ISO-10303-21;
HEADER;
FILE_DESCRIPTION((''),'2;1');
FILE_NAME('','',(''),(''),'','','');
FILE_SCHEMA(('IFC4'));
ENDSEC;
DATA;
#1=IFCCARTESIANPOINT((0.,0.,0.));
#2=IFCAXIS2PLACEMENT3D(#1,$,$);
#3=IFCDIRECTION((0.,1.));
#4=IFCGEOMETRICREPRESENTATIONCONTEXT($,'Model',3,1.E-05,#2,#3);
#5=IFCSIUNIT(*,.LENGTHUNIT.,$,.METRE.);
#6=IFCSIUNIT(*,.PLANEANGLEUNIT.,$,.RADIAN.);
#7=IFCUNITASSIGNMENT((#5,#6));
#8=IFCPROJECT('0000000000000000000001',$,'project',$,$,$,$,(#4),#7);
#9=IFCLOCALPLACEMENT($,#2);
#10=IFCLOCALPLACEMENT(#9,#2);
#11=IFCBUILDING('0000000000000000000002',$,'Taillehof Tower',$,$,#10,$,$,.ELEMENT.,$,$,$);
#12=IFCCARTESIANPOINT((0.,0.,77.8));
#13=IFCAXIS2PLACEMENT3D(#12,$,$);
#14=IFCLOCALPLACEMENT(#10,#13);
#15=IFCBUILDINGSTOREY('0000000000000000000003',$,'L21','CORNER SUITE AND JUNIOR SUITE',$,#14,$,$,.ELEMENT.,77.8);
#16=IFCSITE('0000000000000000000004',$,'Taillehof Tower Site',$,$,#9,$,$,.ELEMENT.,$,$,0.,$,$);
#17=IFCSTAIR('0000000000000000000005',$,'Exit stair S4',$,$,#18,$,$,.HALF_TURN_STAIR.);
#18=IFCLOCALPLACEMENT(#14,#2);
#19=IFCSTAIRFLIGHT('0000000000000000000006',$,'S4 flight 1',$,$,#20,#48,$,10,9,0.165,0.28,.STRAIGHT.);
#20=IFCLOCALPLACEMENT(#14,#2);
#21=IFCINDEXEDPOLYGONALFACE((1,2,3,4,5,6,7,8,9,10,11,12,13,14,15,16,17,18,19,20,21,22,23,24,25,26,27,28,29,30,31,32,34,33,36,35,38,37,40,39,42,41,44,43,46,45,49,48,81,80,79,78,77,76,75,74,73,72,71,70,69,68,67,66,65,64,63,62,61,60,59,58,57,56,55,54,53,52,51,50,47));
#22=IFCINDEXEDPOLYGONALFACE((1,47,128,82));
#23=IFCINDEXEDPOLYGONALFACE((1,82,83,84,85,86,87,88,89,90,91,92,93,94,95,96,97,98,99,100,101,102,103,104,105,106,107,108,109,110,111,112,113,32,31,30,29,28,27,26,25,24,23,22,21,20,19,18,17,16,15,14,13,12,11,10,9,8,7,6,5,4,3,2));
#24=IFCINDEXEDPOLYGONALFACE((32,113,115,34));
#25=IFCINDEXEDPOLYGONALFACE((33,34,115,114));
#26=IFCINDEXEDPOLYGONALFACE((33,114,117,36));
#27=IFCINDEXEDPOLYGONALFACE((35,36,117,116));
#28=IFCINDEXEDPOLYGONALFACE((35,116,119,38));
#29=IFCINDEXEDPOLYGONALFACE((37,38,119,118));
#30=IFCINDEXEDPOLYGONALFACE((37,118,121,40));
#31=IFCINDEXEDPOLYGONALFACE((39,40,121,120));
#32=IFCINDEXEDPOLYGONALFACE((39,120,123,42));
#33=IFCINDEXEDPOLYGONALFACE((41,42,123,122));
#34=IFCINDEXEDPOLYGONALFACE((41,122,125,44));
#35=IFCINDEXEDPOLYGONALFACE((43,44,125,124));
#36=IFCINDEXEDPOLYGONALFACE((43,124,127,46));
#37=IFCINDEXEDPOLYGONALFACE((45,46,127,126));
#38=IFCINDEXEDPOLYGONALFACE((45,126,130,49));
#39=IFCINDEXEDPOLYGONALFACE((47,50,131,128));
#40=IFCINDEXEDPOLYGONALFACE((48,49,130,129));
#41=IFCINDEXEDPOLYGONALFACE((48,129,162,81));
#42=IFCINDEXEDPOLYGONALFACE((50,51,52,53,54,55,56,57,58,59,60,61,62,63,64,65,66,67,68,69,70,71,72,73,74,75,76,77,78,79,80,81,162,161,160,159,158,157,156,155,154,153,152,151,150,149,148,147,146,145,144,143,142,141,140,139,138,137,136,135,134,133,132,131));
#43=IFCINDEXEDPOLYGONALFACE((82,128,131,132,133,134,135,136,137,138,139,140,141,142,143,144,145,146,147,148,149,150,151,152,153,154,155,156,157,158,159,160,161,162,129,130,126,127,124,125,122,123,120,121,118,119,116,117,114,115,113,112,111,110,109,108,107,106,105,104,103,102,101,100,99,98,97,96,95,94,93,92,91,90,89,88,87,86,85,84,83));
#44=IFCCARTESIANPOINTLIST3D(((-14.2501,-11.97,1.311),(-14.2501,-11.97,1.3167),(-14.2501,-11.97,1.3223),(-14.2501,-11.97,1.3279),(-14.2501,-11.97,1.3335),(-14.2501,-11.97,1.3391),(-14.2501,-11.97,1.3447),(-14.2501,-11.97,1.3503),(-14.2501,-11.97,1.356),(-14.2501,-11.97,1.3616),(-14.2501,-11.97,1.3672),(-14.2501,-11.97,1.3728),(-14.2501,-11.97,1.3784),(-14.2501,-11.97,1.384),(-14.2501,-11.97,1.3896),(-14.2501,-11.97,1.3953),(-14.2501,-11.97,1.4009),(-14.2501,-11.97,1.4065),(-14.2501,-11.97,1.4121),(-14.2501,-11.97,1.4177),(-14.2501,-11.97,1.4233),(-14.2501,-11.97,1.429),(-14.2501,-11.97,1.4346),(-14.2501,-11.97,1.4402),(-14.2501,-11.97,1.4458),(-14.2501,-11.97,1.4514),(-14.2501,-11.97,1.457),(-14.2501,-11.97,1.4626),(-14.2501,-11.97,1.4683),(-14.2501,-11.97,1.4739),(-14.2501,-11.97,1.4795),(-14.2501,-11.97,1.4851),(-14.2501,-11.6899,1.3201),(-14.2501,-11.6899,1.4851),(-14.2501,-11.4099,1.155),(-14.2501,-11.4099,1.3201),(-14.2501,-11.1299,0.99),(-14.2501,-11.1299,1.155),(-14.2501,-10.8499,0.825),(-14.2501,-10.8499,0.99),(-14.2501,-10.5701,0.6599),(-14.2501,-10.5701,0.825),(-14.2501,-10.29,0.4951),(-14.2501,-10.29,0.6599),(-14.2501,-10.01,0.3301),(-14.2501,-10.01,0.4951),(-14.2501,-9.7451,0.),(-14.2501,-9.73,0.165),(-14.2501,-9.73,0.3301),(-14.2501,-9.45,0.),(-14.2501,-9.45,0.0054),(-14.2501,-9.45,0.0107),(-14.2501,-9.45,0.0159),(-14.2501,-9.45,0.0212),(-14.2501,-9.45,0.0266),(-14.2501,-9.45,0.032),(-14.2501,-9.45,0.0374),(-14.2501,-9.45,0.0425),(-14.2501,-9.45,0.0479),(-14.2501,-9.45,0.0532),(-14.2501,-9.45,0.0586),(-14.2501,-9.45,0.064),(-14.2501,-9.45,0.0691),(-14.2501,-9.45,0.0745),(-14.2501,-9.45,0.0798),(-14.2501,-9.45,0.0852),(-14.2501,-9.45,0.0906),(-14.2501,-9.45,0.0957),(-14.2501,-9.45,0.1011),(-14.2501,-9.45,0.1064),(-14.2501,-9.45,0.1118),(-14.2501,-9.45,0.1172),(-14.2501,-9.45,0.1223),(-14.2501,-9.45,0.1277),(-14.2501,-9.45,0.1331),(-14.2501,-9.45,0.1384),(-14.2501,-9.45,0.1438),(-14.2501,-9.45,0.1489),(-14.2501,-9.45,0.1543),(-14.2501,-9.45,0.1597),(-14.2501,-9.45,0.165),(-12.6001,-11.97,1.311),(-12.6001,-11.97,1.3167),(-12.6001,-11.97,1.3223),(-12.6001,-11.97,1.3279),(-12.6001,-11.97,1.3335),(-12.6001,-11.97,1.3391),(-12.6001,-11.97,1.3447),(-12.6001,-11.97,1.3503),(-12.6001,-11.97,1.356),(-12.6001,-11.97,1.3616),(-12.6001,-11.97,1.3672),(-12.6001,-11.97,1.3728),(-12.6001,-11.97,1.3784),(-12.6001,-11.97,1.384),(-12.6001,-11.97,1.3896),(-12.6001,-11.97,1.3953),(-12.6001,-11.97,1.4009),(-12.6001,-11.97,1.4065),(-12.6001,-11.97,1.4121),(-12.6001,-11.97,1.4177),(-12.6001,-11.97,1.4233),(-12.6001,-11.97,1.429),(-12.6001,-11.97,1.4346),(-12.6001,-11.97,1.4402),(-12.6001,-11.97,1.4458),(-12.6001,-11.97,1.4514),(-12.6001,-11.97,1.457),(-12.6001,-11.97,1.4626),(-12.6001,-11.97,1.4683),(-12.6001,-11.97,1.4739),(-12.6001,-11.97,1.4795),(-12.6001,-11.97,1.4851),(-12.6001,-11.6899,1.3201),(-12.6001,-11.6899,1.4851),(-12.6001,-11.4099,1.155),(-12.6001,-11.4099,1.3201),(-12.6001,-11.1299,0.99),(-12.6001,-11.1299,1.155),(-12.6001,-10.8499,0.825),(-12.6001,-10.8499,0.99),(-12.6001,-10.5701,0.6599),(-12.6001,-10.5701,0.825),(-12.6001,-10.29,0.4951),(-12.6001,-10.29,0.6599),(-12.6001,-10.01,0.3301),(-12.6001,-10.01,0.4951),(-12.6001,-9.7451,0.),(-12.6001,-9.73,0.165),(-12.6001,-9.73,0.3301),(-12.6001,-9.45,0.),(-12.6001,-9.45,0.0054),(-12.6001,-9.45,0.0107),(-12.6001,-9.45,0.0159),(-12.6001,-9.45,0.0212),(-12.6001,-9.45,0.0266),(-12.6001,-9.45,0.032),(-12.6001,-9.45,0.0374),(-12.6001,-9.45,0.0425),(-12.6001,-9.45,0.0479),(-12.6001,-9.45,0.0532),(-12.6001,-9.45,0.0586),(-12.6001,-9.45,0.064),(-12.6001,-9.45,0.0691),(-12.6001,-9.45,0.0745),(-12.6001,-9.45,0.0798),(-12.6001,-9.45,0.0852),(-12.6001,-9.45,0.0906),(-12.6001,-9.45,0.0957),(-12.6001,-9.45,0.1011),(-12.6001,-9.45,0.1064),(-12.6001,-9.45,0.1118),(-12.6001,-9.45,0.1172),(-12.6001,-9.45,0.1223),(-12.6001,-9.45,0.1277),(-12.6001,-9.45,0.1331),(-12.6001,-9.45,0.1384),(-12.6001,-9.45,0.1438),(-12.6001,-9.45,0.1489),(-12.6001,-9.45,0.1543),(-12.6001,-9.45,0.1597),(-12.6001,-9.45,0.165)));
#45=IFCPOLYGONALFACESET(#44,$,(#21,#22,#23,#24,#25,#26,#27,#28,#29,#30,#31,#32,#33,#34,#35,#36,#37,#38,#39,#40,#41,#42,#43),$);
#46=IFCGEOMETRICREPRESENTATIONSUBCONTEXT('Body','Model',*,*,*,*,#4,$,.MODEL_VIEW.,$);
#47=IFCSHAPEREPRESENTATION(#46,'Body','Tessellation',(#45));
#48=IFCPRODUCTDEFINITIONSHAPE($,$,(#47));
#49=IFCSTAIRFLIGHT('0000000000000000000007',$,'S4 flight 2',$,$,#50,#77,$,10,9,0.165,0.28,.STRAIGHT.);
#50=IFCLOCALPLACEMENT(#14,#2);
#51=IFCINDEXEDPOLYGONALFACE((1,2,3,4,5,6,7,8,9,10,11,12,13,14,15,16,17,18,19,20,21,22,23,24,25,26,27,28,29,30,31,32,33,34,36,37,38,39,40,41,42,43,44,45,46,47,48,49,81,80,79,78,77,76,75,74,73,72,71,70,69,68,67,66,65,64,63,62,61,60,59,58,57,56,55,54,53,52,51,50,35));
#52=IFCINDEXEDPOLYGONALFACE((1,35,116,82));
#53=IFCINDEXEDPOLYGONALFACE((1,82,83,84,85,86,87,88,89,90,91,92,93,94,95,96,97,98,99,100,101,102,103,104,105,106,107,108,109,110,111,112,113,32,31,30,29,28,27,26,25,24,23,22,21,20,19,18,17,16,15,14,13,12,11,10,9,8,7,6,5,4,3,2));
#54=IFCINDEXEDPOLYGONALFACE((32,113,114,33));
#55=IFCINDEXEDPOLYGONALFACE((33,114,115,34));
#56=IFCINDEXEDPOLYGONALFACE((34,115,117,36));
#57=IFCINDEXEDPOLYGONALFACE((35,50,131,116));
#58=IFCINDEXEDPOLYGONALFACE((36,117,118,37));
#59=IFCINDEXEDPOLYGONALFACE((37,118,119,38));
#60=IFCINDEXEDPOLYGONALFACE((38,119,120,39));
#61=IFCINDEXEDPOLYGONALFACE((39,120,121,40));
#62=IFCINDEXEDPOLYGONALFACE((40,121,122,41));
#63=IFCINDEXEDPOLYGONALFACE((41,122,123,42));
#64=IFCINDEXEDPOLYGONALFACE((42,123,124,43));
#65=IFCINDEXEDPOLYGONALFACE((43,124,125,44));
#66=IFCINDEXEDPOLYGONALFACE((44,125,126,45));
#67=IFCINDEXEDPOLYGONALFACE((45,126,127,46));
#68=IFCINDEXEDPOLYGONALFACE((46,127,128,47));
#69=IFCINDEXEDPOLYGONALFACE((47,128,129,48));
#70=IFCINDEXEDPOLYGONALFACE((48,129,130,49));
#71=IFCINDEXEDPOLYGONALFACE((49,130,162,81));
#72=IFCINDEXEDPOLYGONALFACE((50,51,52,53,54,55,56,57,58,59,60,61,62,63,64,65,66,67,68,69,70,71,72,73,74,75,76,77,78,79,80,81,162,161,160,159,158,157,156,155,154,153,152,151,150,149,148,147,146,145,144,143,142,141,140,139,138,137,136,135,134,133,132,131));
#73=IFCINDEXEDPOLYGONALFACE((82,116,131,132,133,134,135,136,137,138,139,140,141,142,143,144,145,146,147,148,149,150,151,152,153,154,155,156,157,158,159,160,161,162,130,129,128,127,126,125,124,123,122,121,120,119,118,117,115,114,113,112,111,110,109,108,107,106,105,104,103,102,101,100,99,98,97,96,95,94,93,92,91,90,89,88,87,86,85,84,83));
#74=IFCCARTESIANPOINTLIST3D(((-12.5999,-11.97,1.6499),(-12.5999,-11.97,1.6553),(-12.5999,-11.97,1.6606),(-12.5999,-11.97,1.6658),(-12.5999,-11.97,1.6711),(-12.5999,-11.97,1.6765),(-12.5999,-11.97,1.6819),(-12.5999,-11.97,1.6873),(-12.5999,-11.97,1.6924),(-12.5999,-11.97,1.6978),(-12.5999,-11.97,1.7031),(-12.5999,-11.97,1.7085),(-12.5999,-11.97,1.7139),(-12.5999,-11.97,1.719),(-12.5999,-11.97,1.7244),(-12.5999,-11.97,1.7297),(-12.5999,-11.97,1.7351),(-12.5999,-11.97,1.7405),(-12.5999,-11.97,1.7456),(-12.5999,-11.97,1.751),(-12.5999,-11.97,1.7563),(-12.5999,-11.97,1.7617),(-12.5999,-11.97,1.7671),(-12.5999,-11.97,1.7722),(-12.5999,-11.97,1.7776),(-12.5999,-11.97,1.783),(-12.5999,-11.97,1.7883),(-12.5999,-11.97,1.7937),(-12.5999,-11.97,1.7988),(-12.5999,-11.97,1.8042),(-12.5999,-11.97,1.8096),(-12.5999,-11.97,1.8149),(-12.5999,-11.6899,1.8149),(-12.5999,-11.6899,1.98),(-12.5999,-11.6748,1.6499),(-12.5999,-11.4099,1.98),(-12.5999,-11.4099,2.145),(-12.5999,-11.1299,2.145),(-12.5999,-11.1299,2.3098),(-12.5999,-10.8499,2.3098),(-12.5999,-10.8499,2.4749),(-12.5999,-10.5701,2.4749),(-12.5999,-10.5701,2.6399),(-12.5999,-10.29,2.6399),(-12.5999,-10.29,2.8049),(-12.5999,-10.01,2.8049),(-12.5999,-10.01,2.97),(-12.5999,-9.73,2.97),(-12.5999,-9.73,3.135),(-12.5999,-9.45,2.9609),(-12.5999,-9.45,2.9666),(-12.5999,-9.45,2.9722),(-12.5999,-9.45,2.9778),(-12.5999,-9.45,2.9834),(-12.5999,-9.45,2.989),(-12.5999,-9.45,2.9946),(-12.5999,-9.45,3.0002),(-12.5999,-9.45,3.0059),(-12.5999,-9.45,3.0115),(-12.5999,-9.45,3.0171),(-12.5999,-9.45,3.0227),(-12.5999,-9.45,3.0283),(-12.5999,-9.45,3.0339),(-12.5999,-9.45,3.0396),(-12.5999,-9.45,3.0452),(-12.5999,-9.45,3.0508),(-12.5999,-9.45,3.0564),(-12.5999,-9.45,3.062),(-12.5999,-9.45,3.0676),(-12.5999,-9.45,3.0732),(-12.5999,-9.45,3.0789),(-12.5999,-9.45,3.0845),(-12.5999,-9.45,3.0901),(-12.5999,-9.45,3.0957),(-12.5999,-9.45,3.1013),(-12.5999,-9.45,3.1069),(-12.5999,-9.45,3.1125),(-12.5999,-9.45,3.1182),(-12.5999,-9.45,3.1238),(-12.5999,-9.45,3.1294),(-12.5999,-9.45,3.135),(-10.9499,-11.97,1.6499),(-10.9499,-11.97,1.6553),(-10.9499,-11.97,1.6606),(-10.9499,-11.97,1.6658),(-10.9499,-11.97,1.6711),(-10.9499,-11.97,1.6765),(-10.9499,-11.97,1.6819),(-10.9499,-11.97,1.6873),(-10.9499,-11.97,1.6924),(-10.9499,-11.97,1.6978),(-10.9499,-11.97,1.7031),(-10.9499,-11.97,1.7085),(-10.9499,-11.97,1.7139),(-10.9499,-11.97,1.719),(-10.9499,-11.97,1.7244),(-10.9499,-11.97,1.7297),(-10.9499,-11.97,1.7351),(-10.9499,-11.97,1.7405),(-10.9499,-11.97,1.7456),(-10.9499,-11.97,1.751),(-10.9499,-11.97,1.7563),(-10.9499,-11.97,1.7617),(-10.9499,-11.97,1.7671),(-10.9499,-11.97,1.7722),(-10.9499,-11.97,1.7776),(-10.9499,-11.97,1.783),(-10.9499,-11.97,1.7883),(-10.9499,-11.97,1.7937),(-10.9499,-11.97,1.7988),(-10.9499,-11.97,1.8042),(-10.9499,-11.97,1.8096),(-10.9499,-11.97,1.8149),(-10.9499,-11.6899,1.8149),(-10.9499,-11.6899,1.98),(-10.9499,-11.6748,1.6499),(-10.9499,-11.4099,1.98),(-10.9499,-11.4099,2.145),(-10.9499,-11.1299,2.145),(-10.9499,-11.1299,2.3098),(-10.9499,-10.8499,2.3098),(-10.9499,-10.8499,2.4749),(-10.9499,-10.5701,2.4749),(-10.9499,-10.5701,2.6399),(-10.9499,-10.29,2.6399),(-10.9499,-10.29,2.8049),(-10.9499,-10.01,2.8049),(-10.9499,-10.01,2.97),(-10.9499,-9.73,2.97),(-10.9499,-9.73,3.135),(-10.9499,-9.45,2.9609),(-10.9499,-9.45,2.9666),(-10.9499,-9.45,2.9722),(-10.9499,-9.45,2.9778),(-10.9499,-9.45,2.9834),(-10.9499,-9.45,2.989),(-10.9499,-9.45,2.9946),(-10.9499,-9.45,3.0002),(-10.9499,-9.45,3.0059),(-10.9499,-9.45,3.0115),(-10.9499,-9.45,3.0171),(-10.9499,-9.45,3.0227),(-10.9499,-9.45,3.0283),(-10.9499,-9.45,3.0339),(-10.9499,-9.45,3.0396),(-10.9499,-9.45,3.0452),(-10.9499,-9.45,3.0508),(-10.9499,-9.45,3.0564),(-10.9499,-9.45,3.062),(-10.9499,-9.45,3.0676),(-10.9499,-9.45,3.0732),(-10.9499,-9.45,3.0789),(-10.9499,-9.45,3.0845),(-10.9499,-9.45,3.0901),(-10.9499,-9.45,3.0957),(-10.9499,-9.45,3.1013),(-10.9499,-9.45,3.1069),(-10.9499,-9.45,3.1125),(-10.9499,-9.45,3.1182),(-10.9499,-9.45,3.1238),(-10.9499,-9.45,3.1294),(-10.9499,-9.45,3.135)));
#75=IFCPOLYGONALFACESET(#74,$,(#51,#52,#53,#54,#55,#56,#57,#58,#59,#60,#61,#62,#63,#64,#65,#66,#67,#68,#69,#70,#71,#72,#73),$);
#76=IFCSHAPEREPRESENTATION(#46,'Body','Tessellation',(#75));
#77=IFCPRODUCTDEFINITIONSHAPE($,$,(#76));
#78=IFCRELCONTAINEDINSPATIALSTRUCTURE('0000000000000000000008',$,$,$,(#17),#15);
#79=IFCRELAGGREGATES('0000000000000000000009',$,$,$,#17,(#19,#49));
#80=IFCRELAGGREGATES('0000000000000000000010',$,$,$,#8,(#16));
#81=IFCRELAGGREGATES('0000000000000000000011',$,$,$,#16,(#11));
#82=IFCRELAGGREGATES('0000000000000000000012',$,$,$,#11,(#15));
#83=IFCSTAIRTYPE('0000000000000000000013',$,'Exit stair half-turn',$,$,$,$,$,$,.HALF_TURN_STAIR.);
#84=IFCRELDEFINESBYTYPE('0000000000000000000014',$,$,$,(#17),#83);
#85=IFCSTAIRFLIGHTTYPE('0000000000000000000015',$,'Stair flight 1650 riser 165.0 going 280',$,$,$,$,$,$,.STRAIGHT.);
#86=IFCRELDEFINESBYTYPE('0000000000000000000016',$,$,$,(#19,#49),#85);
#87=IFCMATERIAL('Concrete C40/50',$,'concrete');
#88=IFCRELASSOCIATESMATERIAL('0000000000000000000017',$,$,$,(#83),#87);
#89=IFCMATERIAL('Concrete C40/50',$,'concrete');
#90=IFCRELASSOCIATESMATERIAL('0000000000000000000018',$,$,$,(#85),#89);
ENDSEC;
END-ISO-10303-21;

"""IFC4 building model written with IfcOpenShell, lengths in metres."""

from ifc_helpers import new_model, si_unit, direction, frame, origin, place, context, subcontext, project, spatial, polyline, outline, extrude, material, type_object, element, aggregate, save


model = new_model("IFC4")

# Units and contexts
model_context = context("Model", 3, precision=1e-05, world=origin(), true_north=direction((0.0, 1.0)))
body_context = subcontext(model_context, "Body", "Model", "MODEL_VIEW")
ifc_project = project(units=[si_unit("LENGTHUNIT", "METRE"), si_unit("PLANEANGLEUNIT", "RADIAN")], contexts=[model_context])

# Site, building, storey
site_placement = place(None, origin())
site = spatial("IfcSite", under=ifc_project, at=site_placement, Name="Taillehof Tower Site", CompositionType="ELEMENT", RefElevation=0.0)
building_placement = place(site_placement, origin())
building = spatial("IfcBuilding", under=site, at=building_placement, Name="Taillehof Tower", CompositionType="ELEMENT")
storey_placement = place(building_placement, frame((0.0, 0.0, 77.8)))
storey = spatial("IfcBuildingStorey", under=building, at=storey_placement, Name="L21", Description="CORNER SUITE AND JUNIOR SUITE", CompositionType="ELEMENT", Elevation=77.8)

# Stair, stair flights
ifc_material_1 = material(Name="Concrete C40/50", Category="concrete")
stair_type = type_object("IfcStairType", Name="Exit stair half-turn", PredefinedType="HALF_TURN_STAIR", material=ifc_material_1)
stair_placement = place(storey_placement, origin())
stair = element("IfcStair", 1, at=stair_placement, inside=storey, type_object=stair_type, Name="Exit stair S4", PredefinedType="HALF_TURN_STAIR")
ifc_material_2 = material(Name="Concrete C40/50", Category="concrete")
stair_flight_type = type_object("IfcStairFlightType", Name="Stair flight 1650 riser 165.0 going 280", PredefinedType="STRAIGHT", material=ifc_material_2)
stair_flight_1_placement = place(storey_placement, frame((-13.425, -9.45, 0.0), z_axis=(0.0, 0.0, 1.0), x_axis=(0.0, -1.0, 0.0)))
stair_flight_1 = element("IfcStairFlight", 2, at=stair_flight_1_placement, type_object=stair_flight_type, Name="S4 flight 1", NumberOfRisers=10, NumberOfTreads=9, PredefinedType="STRAIGHT", RiserHeight=0.165, TreadLength=0.28, context=body_context, shape_type="SweptSolid", body=[
    extrude(outline(polyline([(0.0, 0.0), (0.0, 0.0054), (0.0, 0.0107), (0.0, 0.0159), (0.0, 0.0212), (0.0, 0.0266), (0.0, 0.032), (0.0, 0.0374), (0.0, 0.0425), (0.0, 0.0479), (0.0, 0.0532), (0.0, 0.0586), (0.0, 0.064), (0.0, 0.0691), (0.0, 0.0745), (0.0, 0.0798), (0.0, 0.0852), (0.0, 0.0906), (0.0, 0.0957), (0.0, 0.1011), (0.0, 0.1064), (0.0, 0.1118), (0.0, 0.1172), (0.0, 0.1223), (0.0, 0.1277), (0.0, 0.1331), (0.0, 0.1384), (0.0, 0.1438), (0.0, 0.1489), (0.0, 0.1543), (0.0, 0.1597), (0.0, 0.165), (0.28, 0.165), (0.28, 0.3301), (0.5601, 0.3301), (0.5601, 0.4951), (0.8401, 0.4951), (0.8401, 0.6599), (1.1201, 0.6599), (1.1201, 0.825), (1.3999, 0.825), (1.3999, 0.99), (1.6799, 0.99), (1.6799, 1.155), (1.96, 1.155), (1.96, 1.3201), (2.24, 1.3201), (2.24, 1.4851), (2.52, 1.4851), (2.52, 1.4795), (2.52, 1.4739), (2.52, 1.4683), (2.52, 1.4626), (2.52, 1.457), (2.52, 1.4514), (2.52, 1.4458), (2.52, 1.4402), (2.52, 1.4346), (2.52, 1.429), (2.52, 1.4233), (2.52, 1.4177), (2.52, 1.4121), (2.52, 1.4065), (2.52, 1.4009), (2.52, 1.3953), (2.52, 1.3896), (2.52, 1.384), (2.52, 1.3784), (2.52, 1.3728), (2.52, 1.3672), (2.52, 1.3616), (2.52, 1.356), (2.52, 1.3503), (2.52, 1.3447), (2.52, 1.3391), (2.52, 1.3335), (2.52, 1.3279), (2.52, 1.3223), (2.52, 1.3167), (2.52, 1.311), (0.2952, 0.0), (0.0, 0.0)])), frame((0.0, 0.825, 0.0), z_axis=(0.0, -1.0, 0.0), x_axis=(1.0, 0.0, 0.0)), (0.0, 0.0, 1.0), 1.65),
])
stair_flight_2_placement = place(storey_placement, frame((-11.7749, -11.97, 1.6499), z_axis=(0.0, 0.0, 1.0), x_axis=(0.0, 1.0, 0.0)))
stair_flight_2 = element("IfcStairFlight", 3, at=stair_flight_2_placement, type_object=stair_flight_type, Name="S4 flight 2", NumberOfRisers=10, NumberOfTreads=9, PredefinedType="STRAIGHT", RiserHeight=0.165, TreadLength=0.28, context=body_context, shape_type="SweptSolid", body=[
    extrude(outline(polyline([(0.0, 0.0), (0.0, 0.0054), (0.0, 0.0107), (0.0, 0.0159), (0.0, 0.0212), (0.0, 0.0266), (0.0, 0.032), (0.0, 0.0374), (0.0, 0.0425), (0.0, 0.0479), (0.0, 0.0532), (0.0, 0.0586), (0.0, 0.064), (0.0, 0.0691), (0.0, 0.0745), (0.0, 0.0798), (0.0, 0.0852), (0.0, 0.0906), (0.0, 0.0957), (0.0, 0.1011), (0.0, 0.1064), (0.0, 0.1118), (0.0, 0.1172), (0.0, 0.1223), (0.0, 0.1277), (0.0, 0.1331), (0.0, 0.1384), (0.0, 0.1438), (0.0, 0.1489), (0.0, 0.1543), (0.0, 0.1597), (0.0, 0.165), (0.28, 0.165), (0.28, 0.3301), (0.5601, 0.3301), (0.5601, 0.4951), (0.8401, 0.4951), (0.8401, 0.6599), (1.1201, 0.6599), (1.1201, 0.825), (1.3999, 0.825), (1.3999, 0.99), (1.6799, 0.99), (1.6799, 1.155), (1.96, 1.155), (1.96, 1.3201), (2.24, 1.3201), (2.24, 1.4851), (2.52, 1.4851), (2.52, 1.4795), (2.52, 1.4739), (2.52, 1.4683), (2.52, 1.4626), (2.52, 1.457), (2.52, 1.4514), (2.52, 1.4458), (2.52, 1.4402), (2.52, 1.4346), (2.52, 1.429), (2.52, 1.4233), (2.52, 1.4177), (2.52, 1.4121), (2.52, 1.4065), (2.52, 1.4009), (2.52, 1.3953), (2.52, 1.3896), (2.52, 1.384), (2.52, 1.3784), (2.52, 1.3728), (2.52, 1.3672), (2.52, 1.3616), (2.52, 1.356), (2.52, 1.3503), (2.52, 1.3447), (2.52, 1.3391), (2.52, 1.3335), (2.52, 1.3279), (2.52, 1.3223), (2.52, 1.3167), (2.52, 1.311), (0.2952, 0.0), (0.0, 0.0)])), frame((0.0, 0.825, 0.0), z_axis=(0.0, -1.0, 0.0), x_axis=(1.0, 0.0, 0.0)), (0.0, 0.0, 1.0), 1.65),
])
aggregate(stair, [stair_flight_1, stair_flight_2])

save(model, "model.ifc")
